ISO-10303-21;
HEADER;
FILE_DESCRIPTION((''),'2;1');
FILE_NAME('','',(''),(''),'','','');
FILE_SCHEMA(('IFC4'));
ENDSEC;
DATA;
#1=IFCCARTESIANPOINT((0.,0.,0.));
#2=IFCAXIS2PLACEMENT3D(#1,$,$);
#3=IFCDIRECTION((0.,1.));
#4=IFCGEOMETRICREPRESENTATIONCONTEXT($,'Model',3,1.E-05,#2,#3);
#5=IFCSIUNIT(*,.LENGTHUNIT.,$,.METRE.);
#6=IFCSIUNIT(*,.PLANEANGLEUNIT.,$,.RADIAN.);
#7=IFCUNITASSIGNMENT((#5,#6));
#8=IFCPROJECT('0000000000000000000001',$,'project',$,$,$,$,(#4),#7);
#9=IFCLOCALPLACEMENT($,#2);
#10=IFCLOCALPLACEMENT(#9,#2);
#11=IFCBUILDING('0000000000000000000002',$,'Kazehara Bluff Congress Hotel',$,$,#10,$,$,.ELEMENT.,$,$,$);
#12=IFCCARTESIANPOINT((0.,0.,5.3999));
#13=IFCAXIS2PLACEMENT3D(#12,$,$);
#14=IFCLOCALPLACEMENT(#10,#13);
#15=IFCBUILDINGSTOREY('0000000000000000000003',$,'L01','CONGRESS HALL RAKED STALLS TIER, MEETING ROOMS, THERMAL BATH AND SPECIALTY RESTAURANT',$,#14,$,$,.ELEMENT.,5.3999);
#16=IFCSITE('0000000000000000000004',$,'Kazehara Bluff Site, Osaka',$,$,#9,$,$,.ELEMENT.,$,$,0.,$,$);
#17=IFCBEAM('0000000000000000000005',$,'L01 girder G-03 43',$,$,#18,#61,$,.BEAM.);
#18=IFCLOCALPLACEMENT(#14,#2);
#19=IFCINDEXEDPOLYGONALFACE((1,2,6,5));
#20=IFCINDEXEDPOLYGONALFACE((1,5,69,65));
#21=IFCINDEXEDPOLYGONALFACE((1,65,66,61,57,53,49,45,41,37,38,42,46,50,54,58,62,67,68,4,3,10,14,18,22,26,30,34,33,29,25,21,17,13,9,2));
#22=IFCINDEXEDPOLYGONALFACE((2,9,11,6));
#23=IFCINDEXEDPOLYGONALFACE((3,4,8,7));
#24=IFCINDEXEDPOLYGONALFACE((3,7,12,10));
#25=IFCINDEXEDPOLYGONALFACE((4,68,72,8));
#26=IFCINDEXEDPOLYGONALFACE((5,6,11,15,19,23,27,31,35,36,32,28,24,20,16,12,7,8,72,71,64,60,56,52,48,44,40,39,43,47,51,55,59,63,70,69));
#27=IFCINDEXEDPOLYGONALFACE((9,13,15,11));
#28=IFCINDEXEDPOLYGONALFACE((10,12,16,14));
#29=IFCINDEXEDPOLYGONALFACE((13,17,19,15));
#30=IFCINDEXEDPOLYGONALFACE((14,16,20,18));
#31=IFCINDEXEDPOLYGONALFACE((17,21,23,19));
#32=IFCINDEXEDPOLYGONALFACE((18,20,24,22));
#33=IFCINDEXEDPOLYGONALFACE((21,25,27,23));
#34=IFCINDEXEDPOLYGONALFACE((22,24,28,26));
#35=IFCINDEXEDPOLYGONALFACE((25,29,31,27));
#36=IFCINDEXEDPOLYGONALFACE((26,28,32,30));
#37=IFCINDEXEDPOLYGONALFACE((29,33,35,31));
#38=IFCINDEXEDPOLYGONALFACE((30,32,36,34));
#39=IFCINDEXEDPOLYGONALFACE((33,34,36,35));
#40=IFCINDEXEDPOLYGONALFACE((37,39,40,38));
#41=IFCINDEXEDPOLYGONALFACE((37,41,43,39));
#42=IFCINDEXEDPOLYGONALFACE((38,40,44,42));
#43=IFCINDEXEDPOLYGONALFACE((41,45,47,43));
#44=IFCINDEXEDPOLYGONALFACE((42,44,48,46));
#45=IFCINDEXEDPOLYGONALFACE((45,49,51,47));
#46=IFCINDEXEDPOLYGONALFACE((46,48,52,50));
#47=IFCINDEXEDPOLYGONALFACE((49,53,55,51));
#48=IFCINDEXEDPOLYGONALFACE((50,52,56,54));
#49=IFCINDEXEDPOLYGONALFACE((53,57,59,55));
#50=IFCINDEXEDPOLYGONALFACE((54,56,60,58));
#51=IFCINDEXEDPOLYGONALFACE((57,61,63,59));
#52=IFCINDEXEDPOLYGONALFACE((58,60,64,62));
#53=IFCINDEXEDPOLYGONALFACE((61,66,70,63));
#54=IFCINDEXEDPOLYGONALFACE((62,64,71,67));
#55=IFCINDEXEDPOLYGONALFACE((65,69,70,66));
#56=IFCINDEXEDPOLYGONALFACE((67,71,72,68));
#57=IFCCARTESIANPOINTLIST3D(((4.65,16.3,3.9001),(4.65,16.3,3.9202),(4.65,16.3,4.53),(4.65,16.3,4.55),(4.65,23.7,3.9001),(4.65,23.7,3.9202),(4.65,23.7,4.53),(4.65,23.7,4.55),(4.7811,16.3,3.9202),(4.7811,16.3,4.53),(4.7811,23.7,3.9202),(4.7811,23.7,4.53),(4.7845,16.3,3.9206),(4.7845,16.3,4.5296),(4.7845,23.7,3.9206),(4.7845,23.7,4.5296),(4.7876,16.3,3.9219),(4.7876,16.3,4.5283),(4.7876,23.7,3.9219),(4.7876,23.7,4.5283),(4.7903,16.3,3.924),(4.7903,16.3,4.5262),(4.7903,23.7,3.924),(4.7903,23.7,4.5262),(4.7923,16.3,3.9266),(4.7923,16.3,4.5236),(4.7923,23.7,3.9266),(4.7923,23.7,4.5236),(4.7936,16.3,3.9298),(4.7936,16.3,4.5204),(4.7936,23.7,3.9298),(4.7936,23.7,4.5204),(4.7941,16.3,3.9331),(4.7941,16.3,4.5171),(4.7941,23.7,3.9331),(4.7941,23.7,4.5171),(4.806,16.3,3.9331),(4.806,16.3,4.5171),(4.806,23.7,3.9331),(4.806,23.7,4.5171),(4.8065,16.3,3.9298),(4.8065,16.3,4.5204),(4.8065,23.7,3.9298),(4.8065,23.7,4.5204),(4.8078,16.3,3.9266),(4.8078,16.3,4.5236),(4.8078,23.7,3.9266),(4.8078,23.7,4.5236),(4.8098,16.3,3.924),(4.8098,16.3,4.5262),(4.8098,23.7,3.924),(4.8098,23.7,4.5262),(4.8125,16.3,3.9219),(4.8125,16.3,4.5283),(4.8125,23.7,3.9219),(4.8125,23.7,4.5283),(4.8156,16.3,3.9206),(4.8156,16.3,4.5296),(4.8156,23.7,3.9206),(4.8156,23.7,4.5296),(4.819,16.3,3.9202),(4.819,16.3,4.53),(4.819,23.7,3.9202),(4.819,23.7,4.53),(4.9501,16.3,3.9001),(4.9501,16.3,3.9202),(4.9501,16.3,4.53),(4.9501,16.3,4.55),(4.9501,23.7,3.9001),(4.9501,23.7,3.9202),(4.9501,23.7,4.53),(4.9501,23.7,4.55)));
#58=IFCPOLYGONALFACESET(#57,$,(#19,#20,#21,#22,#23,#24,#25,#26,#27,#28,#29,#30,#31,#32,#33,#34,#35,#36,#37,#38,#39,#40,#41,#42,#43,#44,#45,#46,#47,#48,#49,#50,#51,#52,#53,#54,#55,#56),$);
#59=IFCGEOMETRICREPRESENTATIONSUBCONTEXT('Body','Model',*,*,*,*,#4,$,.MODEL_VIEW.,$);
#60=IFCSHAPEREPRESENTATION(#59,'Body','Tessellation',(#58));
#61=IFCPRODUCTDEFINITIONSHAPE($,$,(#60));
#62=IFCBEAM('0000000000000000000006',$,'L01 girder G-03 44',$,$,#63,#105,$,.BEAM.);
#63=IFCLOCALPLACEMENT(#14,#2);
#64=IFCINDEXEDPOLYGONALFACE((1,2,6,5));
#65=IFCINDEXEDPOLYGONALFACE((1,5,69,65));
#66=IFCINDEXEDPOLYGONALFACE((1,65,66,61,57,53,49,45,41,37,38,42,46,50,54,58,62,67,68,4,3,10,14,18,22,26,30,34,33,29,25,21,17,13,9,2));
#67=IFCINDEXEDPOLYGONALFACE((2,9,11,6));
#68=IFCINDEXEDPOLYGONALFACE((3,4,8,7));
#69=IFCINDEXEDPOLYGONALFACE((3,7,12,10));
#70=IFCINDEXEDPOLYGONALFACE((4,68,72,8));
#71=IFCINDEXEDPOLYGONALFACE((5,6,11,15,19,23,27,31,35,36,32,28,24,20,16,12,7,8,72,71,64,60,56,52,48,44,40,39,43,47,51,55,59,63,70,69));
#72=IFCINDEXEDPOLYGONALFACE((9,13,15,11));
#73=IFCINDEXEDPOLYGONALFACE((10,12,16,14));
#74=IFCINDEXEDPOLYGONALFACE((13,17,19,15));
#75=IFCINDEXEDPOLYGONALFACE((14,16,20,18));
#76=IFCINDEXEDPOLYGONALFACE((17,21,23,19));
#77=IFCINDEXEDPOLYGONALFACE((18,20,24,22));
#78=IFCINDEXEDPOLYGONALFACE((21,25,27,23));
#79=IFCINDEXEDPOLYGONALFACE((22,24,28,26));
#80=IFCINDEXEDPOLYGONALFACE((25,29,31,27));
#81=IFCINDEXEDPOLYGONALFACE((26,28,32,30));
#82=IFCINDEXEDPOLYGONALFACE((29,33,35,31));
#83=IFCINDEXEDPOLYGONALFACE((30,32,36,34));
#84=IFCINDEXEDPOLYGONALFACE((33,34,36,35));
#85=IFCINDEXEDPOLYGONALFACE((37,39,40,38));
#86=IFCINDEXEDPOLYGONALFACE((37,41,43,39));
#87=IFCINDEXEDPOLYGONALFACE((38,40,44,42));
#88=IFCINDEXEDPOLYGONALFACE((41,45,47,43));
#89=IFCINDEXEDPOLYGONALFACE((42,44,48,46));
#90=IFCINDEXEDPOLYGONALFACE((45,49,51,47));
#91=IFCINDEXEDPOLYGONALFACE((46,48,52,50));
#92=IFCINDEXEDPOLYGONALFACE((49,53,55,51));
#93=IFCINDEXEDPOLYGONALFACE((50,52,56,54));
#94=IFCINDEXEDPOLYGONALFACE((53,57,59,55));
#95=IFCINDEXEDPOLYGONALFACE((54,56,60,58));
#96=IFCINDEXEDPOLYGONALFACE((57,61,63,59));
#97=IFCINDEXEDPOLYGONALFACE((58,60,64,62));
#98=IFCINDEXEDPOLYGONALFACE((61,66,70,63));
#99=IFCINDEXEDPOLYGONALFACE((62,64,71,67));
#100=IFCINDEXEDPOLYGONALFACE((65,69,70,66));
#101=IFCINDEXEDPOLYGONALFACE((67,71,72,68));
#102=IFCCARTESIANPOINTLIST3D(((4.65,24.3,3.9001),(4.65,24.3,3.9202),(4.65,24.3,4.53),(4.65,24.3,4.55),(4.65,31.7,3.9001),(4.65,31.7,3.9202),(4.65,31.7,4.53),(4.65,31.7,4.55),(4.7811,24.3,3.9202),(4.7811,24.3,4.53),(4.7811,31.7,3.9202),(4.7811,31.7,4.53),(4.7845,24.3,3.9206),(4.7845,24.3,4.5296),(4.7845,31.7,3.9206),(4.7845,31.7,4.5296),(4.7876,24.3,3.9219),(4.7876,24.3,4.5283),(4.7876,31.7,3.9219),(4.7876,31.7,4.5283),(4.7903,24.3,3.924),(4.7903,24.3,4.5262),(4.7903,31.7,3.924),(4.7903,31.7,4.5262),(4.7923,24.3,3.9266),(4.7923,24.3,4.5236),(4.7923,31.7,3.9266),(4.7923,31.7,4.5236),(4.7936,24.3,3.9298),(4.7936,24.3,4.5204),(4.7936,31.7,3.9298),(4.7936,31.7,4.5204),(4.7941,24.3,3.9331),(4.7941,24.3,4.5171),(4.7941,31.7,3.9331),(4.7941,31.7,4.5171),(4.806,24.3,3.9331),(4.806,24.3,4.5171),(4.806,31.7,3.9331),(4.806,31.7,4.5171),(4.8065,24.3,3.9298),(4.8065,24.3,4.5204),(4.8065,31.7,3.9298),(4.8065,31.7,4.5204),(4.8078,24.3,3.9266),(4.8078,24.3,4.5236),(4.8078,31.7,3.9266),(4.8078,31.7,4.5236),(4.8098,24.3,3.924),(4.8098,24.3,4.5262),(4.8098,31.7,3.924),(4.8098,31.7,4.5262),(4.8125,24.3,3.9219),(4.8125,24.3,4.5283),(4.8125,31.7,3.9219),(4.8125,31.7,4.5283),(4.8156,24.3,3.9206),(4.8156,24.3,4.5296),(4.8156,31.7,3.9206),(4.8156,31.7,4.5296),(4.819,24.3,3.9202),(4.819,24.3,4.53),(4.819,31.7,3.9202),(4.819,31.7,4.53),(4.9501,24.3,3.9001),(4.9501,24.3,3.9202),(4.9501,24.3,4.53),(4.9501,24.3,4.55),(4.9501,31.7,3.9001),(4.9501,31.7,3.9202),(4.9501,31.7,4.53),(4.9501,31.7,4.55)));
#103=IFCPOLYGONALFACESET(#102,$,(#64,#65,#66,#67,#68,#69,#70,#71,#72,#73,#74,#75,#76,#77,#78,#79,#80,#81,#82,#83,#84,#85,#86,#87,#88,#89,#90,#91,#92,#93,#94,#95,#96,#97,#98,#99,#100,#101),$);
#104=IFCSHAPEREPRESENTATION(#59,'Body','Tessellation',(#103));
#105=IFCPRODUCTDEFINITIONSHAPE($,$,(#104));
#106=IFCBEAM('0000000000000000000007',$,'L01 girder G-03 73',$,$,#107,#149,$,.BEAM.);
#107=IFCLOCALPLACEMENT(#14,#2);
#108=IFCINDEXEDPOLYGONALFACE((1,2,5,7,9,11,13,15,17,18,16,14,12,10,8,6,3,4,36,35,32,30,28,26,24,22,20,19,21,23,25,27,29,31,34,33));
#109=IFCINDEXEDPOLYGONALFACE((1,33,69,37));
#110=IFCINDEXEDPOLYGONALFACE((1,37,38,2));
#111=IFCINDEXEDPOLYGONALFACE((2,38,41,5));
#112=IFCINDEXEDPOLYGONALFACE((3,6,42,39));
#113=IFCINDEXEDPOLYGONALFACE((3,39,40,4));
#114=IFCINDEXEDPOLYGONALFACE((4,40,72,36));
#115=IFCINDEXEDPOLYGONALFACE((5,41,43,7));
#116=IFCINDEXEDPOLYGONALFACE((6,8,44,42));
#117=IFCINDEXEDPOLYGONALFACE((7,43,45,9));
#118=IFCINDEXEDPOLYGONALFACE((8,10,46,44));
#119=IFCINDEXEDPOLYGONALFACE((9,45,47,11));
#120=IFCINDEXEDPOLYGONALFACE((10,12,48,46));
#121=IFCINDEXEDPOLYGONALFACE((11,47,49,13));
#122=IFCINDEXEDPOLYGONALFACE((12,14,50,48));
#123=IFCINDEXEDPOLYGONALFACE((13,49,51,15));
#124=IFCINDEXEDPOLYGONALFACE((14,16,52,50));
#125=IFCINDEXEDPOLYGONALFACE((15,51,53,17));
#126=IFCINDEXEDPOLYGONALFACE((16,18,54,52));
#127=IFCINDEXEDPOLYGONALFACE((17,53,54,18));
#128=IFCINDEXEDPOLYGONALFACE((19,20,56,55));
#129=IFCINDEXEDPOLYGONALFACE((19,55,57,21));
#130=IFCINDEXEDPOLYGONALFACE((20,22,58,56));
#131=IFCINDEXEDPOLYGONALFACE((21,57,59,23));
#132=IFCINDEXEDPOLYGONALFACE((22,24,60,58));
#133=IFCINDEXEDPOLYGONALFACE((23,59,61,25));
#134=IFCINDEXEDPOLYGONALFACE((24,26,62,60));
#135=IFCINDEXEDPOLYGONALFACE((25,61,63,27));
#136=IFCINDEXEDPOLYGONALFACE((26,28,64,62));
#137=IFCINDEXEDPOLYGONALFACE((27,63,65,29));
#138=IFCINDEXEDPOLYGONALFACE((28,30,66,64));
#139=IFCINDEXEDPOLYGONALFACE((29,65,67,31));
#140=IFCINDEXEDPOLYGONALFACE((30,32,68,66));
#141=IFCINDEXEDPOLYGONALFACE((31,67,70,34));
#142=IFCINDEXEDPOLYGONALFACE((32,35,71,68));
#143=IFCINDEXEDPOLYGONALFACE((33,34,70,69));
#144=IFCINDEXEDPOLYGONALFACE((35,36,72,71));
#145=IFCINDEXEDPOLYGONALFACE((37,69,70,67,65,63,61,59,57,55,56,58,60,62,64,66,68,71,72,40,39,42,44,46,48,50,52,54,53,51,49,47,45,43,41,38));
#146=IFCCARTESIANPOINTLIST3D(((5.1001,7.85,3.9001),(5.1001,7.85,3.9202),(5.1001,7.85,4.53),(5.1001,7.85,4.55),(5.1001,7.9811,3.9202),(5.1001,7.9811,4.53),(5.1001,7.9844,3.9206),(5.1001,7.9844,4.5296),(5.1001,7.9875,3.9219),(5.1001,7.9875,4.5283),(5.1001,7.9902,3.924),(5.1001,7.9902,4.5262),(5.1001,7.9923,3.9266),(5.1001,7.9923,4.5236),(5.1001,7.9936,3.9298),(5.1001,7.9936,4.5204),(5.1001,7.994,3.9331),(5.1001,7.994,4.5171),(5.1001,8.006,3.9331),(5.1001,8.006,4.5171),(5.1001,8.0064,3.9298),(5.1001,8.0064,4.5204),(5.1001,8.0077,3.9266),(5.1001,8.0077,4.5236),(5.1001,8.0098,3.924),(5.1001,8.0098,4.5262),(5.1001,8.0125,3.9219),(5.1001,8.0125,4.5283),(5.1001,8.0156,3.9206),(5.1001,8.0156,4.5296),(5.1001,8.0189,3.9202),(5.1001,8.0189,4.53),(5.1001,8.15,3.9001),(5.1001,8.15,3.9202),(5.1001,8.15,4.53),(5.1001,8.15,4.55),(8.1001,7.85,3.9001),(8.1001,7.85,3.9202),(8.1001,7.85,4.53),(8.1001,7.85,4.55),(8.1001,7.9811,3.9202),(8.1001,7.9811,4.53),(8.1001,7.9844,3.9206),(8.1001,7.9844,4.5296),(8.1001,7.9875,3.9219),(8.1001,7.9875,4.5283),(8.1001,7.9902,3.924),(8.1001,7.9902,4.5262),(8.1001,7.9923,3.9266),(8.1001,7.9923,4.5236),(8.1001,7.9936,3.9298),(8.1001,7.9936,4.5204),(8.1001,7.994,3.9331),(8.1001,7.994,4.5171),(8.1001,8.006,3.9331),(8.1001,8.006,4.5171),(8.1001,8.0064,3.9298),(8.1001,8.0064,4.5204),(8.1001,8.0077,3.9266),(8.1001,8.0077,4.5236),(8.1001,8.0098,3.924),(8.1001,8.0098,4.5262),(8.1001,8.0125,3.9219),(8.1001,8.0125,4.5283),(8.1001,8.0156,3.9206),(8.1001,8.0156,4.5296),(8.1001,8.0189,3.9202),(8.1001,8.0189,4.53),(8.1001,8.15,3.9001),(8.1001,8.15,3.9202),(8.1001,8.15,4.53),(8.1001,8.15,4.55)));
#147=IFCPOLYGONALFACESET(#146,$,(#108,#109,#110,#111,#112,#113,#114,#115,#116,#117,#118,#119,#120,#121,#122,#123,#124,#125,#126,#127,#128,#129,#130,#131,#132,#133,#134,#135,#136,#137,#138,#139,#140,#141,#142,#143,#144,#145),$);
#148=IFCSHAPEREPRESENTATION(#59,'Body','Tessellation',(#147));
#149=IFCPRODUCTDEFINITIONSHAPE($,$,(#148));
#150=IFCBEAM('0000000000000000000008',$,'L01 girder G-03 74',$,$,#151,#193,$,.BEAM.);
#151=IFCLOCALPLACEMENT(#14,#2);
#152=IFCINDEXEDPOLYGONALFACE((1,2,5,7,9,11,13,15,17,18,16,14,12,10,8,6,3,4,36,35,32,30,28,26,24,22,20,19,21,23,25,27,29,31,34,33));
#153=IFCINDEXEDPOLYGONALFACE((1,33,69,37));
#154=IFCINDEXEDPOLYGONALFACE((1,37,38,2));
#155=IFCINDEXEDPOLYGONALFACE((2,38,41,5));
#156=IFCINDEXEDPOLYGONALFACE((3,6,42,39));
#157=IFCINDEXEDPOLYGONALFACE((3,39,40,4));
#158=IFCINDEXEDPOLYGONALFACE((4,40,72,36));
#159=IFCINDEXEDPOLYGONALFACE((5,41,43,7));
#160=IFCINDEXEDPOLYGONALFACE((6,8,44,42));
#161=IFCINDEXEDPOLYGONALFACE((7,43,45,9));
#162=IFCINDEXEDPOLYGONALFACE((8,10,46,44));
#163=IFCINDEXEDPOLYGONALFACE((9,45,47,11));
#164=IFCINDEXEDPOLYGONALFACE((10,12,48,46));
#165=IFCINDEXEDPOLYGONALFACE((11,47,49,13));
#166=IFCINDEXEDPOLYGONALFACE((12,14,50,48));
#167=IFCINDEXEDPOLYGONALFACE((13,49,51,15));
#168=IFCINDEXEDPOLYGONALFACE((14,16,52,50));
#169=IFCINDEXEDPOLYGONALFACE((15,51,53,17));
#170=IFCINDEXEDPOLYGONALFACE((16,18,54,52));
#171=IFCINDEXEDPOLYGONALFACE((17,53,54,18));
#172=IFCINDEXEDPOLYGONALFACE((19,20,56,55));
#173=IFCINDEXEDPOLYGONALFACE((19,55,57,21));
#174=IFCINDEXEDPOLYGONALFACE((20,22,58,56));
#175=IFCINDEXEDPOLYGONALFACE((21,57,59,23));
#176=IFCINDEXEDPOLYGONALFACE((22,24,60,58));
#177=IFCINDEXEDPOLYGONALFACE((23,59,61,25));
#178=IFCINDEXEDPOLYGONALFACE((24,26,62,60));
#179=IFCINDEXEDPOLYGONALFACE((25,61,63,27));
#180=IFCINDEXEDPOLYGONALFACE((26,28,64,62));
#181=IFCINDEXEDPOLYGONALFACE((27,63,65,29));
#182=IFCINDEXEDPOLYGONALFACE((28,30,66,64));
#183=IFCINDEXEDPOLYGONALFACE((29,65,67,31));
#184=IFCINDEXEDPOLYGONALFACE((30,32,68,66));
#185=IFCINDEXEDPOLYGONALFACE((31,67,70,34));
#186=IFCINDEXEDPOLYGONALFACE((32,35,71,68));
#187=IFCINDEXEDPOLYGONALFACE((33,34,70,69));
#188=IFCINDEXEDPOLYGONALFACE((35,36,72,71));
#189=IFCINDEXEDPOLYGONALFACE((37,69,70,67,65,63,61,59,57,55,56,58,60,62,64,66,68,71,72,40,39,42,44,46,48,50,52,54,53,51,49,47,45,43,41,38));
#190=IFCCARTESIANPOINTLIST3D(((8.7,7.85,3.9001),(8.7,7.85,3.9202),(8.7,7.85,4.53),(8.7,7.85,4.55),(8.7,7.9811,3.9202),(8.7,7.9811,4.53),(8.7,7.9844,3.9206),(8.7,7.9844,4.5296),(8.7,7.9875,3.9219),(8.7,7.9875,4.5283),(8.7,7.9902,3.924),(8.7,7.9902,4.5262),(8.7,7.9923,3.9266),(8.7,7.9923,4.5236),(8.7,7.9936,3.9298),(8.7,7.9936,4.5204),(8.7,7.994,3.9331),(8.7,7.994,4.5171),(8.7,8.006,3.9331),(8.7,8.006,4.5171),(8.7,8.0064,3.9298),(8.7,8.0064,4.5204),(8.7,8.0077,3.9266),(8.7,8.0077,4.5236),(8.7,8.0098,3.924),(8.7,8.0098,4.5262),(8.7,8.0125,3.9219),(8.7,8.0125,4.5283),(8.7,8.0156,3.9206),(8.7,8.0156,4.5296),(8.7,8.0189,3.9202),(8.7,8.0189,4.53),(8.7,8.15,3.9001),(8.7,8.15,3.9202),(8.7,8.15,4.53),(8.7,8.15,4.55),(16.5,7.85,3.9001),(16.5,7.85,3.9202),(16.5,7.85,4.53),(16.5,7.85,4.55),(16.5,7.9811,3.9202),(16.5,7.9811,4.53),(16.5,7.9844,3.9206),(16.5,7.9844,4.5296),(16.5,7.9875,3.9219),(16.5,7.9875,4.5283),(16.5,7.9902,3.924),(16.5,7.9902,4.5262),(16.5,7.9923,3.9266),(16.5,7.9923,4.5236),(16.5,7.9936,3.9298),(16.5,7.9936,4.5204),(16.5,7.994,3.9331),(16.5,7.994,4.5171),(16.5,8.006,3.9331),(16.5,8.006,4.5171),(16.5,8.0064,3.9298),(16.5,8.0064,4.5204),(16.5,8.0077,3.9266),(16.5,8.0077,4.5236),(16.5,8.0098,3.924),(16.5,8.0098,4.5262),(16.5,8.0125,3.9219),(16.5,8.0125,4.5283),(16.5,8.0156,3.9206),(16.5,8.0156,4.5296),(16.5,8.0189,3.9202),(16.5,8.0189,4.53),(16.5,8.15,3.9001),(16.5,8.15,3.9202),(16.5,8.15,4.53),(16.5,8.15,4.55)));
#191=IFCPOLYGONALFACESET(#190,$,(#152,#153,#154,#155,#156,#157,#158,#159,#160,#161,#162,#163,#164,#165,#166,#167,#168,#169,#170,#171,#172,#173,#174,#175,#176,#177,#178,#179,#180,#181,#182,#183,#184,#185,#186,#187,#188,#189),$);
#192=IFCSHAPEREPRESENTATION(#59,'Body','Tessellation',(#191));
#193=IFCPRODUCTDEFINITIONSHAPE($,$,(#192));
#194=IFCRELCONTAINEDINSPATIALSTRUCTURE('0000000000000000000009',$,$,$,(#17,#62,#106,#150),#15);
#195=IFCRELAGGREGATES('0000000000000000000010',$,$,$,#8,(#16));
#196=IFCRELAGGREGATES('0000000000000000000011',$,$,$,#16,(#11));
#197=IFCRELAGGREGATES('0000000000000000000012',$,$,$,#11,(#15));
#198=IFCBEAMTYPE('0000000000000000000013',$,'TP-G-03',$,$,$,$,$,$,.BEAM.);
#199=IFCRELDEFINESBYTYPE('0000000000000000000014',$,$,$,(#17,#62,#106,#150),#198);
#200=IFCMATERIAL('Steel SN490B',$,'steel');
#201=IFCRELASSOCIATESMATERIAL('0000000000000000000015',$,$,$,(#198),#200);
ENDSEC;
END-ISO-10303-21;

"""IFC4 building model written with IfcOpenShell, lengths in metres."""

from ifc_helpers import new_model, si_unit, direction, frame, origin, origin_2d, place, context, subcontext, project, spatial, i_section, extrude, material, material_profile, profile_set, type_object, element, save


model = new_model("IFC4")

# Units and contexts
model_context = context("Model", 3, precision=1e-05, world=origin(), true_north=direction((0.0, 1.0)))
body_context = subcontext(model_context, "Body", "Model", "MODEL_VIEW")
ifc_project = project(units=[si_unit("LENGTHUNIT", "METRE"), si_unit("PLANEANGLEUNIT", "RADIAN")], contexts=[model_context])

# Site, building, storey
site_placement = place(None, origin())
site = spatial("IfcSite", under=ifc_project, at=site_placement, Name="Kazehara Bluff Site, Osaka", CompositionType="ELEMENT", RefElevation=0.0)
building_placement = place(site_placement, origin())
building = spatial("IfcBuilding", under=site, at=building_placement, Name="Kazehara Bluff Congress Hotel", CompositionType="ELEMENT")
storey_placement = place(building_placement, frame((0.0, 0.0, 5.3999)))
storey = spatial("IfcBuildingStorey", under=building, at=storey_placement, Name="L01", Description="CONGRESS HALL RAKED STALLS TIER, MEETING ROOMS, THERMAL BATH AND SPECIALTY RESTAURANT", CompositionType="ELEMENT", Elevation=5.3999)

# Beams
ifc_material_1 = material(Name="Steel SN490B", Category="steel")
ifc_material_profile_1 = material_profile(ifc_material_1, i_section(OverallWidth=0.3, OverallDepth=0.6499, WebThickness=0.012, FlangeThickness=0.02, FilletRadius=0.0129, at=origin_2d()))
ifc_profile_set_1 = profile_set([ifc_material_profile_1], Name="Steel SN490B")
beam_type_1 = type_object("IfcBeamType", Name="TP-G-03", PredefinedType="BEAM", material=ifc_profile_set_1)
for number, where, z_axis, x_axis, name in (
    (1, (4.8, 16.3, 4.2251), (0.0, 1.0, 0.0), (-1.0, 0.0, 0.0), "L01 girder G-03 43"),
    (2, (4.8, 24.3, 4.2251), (0.0, 1.0, 0.0), (-1.0, 0.0, 0.0), "L01 girder G-03 44"),
):
    element("IfcBeam", number, at=place(storey_placement, frame(where, z_axis=z_axis, x_axis=x_axis)), inside=storey, type_object=beam_type_1, Name=name, PredefinedType="BEAM", context=body_context, shape_type="SweptSolid", body=[
        extrude(i_section(OverallWidth=0.3, OverallDepth=0.6499, WebThickness=0.012, FlangeThickness=0.02, FilletRadius=0.0129, at=origin_2d()), origin(), (0.0, 0.0, 1.0), 7.3999),
    ])
beam_1_placement = place(storey_placement, frame((5.1001, 8.0, 4.2251), z_axis=(1.0, 0.0, 0.0), x_axis=(0.0, 1.0, 0.0)))
element("IfcBeam", 3, at=beam_1_placement, inside=storey, type_object=beam_type_1, Name="L01 girder G-03 73", PredefinedType="BEAM", context=body_context, shape_type="SweptSolid", body=[
    extrude(i_section(OverallWidth=0.3, OverallDepth=0.6499, WebThickness=0.012, FlangeThickness=0.02, FilletRadius=0.0129, at=origin_2d()), origin(), (0.0, 0.0, 1.0), 3.0),
])
beam_2_placement = place(storey_placement, frame((8.7, 8.0, 4.2251), z_axis=(1.0, 0.0, 0.0), x_axis=(0.0, 1.0, 0.0)))
element("IfcBeam", 4, at=beam_2_placement, inside=storey, type_object=beam_type_1, Name="L01 girder G-03 74", PredefinedType="BEAM", context=body_context, shape_type="SweptSolid", body=[
    extrude(i_section(OverallWidth=0.3, OverallDepth=0.6499, WebThickness=0.012, FlangeThickness=0.02, FilletRadius=0.0129, at=origin_2d()), origin(), (0.0, 0.0, 1.0), 7.8),
])

save(model, "model.ifc")
